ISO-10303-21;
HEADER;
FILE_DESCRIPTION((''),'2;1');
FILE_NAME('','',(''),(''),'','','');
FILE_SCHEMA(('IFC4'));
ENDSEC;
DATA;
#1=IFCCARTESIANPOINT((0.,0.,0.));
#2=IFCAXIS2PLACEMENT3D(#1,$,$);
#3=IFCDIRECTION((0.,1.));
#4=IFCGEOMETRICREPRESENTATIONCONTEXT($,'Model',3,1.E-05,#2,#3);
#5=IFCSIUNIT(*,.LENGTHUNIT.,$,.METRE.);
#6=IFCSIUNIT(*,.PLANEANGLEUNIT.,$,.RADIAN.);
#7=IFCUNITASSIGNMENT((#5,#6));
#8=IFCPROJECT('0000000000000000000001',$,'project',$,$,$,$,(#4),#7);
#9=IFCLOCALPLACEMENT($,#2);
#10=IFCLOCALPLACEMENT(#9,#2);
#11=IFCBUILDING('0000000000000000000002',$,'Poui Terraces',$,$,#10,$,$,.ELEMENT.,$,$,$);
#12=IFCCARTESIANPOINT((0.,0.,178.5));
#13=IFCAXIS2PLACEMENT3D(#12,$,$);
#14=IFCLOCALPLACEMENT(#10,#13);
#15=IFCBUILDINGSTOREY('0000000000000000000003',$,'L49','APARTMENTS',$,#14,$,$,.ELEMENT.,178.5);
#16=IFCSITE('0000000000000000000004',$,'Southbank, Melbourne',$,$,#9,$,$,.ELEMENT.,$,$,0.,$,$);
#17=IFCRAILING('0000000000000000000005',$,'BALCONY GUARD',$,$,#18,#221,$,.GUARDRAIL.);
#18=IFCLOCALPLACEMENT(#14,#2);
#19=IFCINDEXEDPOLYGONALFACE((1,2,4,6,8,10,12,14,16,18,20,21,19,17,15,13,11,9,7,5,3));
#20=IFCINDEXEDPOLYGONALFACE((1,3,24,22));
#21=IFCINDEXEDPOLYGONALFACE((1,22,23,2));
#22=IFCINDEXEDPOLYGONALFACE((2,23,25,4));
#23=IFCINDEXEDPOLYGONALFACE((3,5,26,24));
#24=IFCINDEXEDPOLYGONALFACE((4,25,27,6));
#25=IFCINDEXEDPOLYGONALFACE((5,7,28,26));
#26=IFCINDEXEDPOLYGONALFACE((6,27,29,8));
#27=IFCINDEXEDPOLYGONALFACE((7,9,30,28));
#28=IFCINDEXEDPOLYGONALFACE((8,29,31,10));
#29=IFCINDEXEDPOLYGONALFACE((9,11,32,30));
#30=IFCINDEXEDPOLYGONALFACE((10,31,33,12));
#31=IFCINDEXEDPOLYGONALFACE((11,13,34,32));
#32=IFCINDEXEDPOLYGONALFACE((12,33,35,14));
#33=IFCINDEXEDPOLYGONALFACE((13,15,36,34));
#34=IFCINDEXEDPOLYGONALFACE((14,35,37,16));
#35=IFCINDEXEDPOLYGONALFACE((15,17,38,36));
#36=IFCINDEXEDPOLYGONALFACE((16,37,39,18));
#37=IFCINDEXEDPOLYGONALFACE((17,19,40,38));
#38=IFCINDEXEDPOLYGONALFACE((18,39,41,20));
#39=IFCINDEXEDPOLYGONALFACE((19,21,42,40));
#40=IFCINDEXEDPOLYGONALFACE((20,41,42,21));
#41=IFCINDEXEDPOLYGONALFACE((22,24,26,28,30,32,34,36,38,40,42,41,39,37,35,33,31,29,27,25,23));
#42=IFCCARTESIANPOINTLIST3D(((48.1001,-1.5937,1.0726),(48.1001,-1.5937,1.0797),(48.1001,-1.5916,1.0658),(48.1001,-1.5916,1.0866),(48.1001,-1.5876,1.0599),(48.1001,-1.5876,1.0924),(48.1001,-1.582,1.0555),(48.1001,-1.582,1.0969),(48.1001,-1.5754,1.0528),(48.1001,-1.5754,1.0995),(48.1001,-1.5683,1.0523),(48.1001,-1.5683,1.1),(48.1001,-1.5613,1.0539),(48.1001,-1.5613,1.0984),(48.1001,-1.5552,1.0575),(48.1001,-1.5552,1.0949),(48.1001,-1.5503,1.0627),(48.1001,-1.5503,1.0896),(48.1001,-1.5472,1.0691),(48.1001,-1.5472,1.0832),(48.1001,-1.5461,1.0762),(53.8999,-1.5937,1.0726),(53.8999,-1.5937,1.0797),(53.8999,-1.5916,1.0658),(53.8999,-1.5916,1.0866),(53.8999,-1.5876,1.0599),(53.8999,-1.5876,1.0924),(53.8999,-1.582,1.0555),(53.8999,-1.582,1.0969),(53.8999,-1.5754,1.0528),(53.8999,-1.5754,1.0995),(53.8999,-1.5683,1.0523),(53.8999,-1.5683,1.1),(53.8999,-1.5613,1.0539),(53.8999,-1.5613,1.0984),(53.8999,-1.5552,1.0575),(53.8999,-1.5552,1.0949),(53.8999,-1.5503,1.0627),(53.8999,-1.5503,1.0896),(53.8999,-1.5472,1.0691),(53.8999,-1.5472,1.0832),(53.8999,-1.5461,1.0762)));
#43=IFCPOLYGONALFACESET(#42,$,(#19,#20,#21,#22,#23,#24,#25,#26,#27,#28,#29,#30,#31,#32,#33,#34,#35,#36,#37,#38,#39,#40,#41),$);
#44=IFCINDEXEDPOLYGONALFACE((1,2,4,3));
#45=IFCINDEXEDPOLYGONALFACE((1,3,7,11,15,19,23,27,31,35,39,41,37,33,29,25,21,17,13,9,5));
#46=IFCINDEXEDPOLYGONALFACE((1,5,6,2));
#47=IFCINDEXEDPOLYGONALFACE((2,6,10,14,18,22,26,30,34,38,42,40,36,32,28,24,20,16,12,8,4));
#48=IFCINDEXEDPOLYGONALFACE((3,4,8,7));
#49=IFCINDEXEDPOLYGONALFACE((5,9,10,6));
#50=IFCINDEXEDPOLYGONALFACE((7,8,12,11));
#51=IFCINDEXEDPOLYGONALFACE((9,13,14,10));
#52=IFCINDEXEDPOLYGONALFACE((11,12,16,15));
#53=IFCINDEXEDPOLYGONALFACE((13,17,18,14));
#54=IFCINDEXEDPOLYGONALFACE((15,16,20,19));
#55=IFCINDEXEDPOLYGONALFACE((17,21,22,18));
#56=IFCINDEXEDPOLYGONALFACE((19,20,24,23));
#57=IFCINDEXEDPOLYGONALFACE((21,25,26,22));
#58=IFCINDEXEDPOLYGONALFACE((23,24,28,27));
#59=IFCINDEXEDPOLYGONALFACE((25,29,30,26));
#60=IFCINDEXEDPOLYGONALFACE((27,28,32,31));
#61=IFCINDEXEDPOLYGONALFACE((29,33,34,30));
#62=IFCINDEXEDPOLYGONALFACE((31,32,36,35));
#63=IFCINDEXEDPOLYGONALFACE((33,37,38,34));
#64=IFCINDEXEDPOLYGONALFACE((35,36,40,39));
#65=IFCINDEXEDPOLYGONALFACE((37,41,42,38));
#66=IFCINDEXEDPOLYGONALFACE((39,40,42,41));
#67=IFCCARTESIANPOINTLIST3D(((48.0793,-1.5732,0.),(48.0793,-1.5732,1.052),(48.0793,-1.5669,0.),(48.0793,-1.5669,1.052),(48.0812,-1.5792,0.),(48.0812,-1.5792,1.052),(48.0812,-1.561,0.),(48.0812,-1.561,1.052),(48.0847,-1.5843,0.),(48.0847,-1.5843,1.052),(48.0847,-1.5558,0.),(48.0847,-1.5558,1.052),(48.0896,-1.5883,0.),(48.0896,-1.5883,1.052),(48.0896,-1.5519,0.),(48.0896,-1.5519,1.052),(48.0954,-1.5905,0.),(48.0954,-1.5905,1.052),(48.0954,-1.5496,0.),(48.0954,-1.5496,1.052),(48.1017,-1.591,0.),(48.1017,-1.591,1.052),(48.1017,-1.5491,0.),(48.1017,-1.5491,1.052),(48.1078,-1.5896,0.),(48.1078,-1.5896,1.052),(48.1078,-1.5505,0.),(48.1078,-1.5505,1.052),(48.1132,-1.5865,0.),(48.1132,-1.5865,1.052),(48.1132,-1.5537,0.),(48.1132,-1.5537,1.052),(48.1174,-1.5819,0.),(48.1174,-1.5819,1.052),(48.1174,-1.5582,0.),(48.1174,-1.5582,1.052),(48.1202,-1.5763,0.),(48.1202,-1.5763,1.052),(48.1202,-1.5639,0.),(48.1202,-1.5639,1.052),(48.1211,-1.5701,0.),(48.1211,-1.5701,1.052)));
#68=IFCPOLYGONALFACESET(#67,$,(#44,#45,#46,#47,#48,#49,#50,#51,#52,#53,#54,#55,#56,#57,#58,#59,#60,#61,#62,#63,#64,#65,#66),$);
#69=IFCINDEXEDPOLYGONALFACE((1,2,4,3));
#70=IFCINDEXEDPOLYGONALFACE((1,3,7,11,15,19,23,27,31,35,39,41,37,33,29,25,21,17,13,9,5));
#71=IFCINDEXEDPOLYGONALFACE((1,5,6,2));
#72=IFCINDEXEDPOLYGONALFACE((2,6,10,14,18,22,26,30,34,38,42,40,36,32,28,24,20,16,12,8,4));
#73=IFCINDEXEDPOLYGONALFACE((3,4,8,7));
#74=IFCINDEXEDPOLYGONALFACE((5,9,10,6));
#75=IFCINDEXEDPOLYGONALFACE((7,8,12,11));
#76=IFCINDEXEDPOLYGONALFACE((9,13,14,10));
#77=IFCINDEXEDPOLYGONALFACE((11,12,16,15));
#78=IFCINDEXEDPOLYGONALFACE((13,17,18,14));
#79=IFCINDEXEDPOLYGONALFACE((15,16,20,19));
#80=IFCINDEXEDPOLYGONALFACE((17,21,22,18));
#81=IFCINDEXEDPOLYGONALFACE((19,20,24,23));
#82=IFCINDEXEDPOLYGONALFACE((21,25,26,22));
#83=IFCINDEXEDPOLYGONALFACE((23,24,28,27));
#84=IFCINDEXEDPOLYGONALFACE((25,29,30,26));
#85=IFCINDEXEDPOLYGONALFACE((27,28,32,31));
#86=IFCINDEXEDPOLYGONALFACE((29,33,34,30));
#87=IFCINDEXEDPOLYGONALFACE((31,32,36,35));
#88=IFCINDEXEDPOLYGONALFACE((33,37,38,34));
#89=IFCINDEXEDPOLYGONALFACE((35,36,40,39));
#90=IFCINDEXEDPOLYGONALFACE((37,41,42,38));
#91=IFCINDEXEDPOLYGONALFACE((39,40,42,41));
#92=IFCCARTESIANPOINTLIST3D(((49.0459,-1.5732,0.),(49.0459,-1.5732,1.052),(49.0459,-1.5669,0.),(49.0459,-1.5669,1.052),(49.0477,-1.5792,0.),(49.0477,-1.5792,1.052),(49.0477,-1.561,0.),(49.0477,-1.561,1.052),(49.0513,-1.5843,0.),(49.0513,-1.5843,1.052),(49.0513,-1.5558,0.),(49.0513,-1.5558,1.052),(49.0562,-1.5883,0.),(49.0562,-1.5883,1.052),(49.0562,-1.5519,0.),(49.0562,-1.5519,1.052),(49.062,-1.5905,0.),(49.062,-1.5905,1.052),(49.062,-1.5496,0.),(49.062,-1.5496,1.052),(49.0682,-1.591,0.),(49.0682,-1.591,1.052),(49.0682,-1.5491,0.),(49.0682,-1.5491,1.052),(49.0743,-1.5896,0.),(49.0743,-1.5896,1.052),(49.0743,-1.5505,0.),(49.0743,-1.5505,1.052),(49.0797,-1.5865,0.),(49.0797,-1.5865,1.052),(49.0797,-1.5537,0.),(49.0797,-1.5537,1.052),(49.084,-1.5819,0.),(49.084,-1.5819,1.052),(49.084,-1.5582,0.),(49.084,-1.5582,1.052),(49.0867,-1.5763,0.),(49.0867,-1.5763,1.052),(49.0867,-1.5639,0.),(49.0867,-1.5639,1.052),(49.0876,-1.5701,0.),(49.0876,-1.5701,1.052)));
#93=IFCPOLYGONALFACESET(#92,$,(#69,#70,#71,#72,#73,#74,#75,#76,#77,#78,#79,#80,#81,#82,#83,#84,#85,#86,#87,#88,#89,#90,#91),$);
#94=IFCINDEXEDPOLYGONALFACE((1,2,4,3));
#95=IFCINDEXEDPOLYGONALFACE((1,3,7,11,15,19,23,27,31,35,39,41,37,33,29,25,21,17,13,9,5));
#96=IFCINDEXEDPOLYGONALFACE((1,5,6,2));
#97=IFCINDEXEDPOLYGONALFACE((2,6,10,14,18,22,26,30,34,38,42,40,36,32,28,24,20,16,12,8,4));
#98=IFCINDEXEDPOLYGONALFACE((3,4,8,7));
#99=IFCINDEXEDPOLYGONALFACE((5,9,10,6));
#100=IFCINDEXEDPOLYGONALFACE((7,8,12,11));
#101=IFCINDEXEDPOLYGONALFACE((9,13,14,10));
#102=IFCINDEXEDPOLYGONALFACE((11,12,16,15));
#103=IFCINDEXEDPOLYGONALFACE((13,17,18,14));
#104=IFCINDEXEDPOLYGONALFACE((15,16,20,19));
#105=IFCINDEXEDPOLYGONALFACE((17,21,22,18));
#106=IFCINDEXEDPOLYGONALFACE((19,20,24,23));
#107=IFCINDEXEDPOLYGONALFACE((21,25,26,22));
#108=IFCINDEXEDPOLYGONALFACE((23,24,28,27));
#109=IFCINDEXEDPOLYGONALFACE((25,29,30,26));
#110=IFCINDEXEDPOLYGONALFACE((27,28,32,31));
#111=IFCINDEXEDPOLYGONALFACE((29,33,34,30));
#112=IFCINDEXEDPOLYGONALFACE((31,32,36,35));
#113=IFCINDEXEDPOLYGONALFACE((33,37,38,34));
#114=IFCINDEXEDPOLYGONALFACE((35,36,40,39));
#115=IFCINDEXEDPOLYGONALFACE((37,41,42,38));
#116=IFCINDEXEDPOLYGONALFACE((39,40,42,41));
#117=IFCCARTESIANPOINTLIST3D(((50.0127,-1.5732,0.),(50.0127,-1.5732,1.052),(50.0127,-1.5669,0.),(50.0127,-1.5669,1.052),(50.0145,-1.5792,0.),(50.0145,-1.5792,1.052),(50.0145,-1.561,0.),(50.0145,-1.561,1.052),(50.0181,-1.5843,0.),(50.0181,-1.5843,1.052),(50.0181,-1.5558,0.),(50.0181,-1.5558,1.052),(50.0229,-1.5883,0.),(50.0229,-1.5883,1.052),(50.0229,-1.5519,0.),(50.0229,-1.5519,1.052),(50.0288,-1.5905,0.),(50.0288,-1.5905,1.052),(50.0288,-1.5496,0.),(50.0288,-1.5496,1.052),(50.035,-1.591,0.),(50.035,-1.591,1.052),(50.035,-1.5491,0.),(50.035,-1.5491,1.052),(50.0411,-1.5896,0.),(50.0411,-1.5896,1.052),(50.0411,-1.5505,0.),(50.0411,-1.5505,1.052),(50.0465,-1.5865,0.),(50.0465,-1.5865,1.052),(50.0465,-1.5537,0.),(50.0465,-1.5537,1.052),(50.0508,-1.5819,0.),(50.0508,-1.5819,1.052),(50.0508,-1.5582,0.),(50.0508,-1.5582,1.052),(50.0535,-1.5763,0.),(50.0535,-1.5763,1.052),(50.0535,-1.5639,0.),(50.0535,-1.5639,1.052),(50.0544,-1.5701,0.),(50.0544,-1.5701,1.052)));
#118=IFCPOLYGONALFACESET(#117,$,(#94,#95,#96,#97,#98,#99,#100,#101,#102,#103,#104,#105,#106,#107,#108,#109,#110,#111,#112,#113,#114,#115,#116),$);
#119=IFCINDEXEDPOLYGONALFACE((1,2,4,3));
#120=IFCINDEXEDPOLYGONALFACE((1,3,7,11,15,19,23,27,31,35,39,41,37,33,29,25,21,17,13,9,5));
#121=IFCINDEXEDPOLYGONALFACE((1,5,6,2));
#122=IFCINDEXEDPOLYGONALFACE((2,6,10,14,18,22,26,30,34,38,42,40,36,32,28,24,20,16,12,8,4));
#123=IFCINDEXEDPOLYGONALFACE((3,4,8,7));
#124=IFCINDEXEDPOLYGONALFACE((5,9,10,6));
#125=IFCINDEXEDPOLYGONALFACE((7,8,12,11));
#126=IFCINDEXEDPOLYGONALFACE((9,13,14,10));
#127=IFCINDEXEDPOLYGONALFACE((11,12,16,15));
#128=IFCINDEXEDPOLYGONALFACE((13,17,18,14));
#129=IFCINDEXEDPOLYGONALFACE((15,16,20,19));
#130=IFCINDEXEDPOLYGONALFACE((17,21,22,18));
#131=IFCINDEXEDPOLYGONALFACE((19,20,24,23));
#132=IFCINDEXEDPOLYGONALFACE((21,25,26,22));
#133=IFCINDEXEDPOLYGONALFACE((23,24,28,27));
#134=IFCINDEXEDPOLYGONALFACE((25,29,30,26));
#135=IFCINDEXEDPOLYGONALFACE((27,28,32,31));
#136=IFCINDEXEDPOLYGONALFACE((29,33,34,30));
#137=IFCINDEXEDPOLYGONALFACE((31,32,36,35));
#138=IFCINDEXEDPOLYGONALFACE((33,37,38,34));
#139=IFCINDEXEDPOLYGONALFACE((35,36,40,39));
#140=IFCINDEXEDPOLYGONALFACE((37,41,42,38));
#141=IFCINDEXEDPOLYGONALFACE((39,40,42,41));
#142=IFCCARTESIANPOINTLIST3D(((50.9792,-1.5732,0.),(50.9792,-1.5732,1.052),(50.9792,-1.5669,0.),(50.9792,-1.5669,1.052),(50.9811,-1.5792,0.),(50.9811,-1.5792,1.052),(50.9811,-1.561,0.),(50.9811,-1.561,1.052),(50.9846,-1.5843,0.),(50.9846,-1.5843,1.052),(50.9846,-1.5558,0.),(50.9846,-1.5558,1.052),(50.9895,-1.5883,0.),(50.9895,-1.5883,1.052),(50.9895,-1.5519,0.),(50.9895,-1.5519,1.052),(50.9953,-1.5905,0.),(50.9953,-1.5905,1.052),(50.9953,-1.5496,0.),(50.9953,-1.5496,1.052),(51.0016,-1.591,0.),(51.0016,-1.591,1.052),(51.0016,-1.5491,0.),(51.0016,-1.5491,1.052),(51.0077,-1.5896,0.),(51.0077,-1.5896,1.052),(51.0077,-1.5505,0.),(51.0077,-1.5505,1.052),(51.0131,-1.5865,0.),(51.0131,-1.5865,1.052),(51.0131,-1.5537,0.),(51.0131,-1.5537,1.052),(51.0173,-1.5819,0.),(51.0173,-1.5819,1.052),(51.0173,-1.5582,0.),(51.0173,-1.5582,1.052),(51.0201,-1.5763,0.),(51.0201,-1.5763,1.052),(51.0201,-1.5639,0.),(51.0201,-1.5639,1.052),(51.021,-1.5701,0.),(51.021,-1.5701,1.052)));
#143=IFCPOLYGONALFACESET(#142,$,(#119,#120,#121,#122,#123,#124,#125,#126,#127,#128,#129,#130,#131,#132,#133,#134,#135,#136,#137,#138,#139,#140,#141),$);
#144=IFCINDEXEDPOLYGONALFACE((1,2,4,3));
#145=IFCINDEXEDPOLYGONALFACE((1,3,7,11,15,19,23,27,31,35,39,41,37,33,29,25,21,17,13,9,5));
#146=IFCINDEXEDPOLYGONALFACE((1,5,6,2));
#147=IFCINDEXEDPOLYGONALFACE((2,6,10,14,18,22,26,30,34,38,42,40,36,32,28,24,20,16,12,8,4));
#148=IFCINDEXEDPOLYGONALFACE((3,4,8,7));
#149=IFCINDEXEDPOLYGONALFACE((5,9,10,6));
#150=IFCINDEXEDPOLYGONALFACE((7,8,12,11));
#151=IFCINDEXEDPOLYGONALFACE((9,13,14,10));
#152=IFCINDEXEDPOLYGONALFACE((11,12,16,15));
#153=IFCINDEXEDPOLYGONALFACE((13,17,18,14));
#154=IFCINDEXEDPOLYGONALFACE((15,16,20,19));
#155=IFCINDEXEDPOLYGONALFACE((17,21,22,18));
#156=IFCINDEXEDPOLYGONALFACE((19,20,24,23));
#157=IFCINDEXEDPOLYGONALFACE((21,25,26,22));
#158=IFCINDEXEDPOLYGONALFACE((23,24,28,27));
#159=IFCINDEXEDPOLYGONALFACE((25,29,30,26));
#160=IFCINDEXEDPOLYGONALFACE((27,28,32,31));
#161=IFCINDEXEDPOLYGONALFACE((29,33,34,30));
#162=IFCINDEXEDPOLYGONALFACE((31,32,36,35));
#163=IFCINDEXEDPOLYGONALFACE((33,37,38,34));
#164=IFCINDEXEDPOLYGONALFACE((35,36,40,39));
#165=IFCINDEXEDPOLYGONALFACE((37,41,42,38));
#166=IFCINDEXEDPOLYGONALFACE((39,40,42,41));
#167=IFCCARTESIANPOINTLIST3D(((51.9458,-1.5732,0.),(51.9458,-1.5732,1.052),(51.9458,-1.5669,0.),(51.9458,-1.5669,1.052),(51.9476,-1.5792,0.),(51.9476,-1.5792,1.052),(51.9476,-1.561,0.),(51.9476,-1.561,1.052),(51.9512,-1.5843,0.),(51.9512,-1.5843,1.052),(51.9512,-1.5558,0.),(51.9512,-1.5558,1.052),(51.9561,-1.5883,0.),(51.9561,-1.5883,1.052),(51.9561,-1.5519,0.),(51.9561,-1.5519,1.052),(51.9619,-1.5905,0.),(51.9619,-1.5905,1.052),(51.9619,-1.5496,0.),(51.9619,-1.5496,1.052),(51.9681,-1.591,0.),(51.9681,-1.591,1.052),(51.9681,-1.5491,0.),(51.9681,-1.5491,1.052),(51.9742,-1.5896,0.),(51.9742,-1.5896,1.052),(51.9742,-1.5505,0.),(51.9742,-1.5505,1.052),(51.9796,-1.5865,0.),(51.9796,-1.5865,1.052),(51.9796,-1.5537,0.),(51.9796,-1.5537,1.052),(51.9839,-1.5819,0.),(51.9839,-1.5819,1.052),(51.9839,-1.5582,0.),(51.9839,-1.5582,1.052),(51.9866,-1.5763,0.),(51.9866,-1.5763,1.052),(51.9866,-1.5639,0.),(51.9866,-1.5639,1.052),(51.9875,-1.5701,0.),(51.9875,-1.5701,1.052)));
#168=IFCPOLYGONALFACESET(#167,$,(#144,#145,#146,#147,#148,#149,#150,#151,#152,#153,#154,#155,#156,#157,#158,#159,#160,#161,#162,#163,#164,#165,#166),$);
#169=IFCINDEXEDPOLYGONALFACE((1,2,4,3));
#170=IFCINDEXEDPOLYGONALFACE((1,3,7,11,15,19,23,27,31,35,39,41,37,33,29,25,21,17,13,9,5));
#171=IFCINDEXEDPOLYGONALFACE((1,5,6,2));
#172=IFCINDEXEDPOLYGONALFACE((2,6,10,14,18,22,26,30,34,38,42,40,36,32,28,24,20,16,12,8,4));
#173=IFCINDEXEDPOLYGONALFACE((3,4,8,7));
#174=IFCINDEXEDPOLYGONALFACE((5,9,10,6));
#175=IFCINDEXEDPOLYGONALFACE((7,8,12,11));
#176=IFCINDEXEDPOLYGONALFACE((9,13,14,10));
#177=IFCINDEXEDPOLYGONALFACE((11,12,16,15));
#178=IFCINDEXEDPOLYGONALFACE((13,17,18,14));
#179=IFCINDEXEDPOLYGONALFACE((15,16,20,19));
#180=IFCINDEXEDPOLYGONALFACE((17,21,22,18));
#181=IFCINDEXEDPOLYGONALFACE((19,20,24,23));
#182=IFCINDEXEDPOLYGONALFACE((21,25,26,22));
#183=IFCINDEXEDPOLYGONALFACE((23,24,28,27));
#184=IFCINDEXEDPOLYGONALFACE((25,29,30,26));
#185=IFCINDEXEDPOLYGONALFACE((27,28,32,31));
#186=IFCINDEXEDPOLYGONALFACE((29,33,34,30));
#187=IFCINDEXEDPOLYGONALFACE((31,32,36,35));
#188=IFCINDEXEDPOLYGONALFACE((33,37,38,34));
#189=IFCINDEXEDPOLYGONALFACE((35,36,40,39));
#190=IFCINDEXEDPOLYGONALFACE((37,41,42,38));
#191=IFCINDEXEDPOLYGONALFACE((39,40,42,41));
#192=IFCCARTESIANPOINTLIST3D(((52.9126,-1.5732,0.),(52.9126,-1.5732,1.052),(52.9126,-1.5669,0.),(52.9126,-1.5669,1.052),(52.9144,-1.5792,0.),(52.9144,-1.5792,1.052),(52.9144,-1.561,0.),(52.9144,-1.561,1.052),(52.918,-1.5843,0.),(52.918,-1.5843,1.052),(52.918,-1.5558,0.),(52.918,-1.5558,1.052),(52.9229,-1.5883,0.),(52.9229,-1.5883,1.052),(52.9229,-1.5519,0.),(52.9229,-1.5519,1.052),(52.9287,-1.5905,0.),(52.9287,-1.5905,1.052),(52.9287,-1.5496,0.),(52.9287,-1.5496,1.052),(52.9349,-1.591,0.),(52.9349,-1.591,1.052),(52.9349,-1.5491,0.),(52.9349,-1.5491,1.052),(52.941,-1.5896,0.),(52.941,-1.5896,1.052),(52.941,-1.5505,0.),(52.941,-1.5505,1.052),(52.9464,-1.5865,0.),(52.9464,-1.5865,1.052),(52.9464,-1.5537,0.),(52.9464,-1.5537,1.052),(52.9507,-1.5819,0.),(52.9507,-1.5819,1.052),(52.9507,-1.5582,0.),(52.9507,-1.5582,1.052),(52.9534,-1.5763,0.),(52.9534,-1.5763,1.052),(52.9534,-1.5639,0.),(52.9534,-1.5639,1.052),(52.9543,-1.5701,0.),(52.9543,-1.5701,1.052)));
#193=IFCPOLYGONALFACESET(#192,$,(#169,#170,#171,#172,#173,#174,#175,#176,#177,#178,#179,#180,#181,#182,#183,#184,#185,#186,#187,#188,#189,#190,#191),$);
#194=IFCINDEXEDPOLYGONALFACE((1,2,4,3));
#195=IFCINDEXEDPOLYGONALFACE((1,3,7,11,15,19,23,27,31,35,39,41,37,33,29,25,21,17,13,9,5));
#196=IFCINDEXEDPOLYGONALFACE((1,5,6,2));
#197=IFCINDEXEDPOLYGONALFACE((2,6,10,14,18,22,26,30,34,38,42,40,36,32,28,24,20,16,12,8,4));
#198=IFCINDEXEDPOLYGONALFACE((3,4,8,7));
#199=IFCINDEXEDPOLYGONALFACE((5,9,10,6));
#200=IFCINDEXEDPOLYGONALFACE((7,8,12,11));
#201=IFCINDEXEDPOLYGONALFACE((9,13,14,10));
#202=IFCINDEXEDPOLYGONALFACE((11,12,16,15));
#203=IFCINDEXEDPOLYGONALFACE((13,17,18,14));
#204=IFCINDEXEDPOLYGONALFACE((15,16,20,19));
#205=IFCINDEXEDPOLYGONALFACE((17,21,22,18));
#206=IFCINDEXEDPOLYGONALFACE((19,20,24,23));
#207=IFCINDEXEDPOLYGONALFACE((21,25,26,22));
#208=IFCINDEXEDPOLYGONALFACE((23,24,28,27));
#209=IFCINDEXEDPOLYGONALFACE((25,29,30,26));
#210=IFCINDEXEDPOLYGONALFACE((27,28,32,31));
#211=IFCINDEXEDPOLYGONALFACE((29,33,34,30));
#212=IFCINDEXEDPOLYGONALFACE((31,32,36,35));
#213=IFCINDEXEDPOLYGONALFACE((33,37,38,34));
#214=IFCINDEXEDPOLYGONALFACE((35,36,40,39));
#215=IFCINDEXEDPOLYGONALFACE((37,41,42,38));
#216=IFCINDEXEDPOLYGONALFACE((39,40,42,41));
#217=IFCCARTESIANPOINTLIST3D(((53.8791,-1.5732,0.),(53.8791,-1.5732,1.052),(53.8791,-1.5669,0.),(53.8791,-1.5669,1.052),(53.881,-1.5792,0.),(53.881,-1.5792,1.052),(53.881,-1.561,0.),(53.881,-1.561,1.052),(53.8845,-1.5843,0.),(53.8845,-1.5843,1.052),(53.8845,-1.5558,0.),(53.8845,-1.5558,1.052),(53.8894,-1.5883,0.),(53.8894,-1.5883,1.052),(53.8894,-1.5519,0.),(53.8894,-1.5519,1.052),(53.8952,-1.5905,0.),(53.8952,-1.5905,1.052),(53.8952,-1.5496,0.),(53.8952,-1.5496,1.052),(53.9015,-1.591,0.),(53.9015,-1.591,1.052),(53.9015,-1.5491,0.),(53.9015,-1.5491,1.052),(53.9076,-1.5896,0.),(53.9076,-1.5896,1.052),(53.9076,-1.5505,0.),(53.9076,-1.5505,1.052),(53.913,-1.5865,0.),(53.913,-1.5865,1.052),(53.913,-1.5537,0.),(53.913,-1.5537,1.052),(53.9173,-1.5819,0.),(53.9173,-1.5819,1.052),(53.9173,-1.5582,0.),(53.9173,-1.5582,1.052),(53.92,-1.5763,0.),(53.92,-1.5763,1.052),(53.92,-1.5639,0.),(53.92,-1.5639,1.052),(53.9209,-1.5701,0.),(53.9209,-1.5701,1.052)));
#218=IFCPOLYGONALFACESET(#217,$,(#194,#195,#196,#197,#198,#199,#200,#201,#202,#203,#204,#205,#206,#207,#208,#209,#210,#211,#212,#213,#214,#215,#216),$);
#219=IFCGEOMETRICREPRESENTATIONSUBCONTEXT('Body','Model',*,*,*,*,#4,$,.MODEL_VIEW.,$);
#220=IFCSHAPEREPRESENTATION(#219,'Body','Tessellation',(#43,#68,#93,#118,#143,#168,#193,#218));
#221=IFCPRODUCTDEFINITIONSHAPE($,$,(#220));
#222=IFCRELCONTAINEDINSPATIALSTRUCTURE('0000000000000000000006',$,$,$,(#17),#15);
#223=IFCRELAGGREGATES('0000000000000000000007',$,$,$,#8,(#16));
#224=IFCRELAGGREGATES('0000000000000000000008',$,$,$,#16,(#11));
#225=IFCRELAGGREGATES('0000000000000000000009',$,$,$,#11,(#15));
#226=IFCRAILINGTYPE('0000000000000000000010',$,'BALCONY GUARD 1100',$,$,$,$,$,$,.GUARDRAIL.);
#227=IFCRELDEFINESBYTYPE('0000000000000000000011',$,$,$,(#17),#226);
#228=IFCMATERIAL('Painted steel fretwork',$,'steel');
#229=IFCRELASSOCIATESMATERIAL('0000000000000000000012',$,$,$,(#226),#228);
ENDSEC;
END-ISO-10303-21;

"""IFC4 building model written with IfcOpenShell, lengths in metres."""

from ifc_helpers import new_model, si_unit, direction, frame, origin, origin_2d, place, context, subcontext, project, spatial, circle, extrude, material, type_object, element, save


model = new_model("IFC4")

# Units and contexts
model_context = context("Model", 3, precision=1e-05, world=origin(), true_north=direction((0.0, 1.0)))
body_context = subcontext(model_context, "Body", "Model", "MODEL_VIEW")
ifc_project = project(units=[si_unit("LENGTHUNIT", "METRE"), si_unit("PLANEANGLEUNIT", "RADIAN")], contexts=[model_context])

# Site, building, storey
site_placement = place(None, origin())
site = spatial("IfcSite", under=ifc_project, at=site_placement, Name="Southbank, Melbourne", CompositionType="ELEMENT", RefElevation=0.0)
building_placement = place(site_placement, origin())
building = spatial("IfcBuilding", under=site, at=building_placement, Name="Poui Terraces", CompositionType="ELEMENT")
storey_placement = place(building_placement, frame((0.0, 0.0, 178.5)))
storey = spatial("IfcBuildingStorey", under=building, at=storey_placement, Name="L49", Description="APARTMENTS", CompositionType="ELEMENT", Elevation=178.5)

# Railing
ifc_material_1 = material(Name="Painted steel fretwork", Category="steel")
railing_type = type_object("IfcRailingType", Name="BALCONY GUARD 1100", PredefinedType="GUARDRAIL", material=ifc_material_1)
railing_placement = place(storey_placement, frame((48.1001, -1.5701, 0.0)))
element("IfcRailing", 1, at=railing_placement, inside=storey, type_object=railing_type, Name="BALCONY GUARD", PredefinedType="GUARDRAIL", context=body_context, shape_type="SweptSolid", body=[
    extrude(circle(Radius=0.0239, at=origin_2d()), frame((0.0, 0.0, 1.0762), z_axis=(1.0, 0.0, 0.0), x_axis=(0.0, 1.0, 0.0)), (0.0, 0.0, 1.0), 5.7998),
    extrude(circle(Radius=0.021, at=origin_2d()), origin(), (0.0, 0.0, 1.0), 1.052),
    extrude(circle(Radius=0.021, at=origin_2d()), frame((0.9666, 0.0, 0.0)), (0.0, 0.0, 1.0), 1.052),
    extrude(circle(Radius=0.021, at=origin_2d()), frame((1.9333, 0.0, 0.0)), (0.0, 0.0, 1.0), 1.052),
    extrude(circle(Radius=0.021, at=origin_2d()), frame((2.8999, 0.0, 0.0)), (0.0, 0.0, 1.0), 1.052),
    extrude(circle(Radius=0.021, at=origin_2d()), frame((3.8665, 0.0, 0.0)), (0.0, 0.0, 1.0), 1.052),
    extrude(circle(Radius=0.021, at=origin_2d()), frame((4.8333, 0.0, 0.0)), (0.0, 0.0, 1.0), 1.052),
    extrude(circle(Radius=0.021, at=origin_2d()), frame((5.7998, 0.0, 0.0)), (0.0, 0.0, 1.0), 1.052),
])

save(model, "model.ifc")
